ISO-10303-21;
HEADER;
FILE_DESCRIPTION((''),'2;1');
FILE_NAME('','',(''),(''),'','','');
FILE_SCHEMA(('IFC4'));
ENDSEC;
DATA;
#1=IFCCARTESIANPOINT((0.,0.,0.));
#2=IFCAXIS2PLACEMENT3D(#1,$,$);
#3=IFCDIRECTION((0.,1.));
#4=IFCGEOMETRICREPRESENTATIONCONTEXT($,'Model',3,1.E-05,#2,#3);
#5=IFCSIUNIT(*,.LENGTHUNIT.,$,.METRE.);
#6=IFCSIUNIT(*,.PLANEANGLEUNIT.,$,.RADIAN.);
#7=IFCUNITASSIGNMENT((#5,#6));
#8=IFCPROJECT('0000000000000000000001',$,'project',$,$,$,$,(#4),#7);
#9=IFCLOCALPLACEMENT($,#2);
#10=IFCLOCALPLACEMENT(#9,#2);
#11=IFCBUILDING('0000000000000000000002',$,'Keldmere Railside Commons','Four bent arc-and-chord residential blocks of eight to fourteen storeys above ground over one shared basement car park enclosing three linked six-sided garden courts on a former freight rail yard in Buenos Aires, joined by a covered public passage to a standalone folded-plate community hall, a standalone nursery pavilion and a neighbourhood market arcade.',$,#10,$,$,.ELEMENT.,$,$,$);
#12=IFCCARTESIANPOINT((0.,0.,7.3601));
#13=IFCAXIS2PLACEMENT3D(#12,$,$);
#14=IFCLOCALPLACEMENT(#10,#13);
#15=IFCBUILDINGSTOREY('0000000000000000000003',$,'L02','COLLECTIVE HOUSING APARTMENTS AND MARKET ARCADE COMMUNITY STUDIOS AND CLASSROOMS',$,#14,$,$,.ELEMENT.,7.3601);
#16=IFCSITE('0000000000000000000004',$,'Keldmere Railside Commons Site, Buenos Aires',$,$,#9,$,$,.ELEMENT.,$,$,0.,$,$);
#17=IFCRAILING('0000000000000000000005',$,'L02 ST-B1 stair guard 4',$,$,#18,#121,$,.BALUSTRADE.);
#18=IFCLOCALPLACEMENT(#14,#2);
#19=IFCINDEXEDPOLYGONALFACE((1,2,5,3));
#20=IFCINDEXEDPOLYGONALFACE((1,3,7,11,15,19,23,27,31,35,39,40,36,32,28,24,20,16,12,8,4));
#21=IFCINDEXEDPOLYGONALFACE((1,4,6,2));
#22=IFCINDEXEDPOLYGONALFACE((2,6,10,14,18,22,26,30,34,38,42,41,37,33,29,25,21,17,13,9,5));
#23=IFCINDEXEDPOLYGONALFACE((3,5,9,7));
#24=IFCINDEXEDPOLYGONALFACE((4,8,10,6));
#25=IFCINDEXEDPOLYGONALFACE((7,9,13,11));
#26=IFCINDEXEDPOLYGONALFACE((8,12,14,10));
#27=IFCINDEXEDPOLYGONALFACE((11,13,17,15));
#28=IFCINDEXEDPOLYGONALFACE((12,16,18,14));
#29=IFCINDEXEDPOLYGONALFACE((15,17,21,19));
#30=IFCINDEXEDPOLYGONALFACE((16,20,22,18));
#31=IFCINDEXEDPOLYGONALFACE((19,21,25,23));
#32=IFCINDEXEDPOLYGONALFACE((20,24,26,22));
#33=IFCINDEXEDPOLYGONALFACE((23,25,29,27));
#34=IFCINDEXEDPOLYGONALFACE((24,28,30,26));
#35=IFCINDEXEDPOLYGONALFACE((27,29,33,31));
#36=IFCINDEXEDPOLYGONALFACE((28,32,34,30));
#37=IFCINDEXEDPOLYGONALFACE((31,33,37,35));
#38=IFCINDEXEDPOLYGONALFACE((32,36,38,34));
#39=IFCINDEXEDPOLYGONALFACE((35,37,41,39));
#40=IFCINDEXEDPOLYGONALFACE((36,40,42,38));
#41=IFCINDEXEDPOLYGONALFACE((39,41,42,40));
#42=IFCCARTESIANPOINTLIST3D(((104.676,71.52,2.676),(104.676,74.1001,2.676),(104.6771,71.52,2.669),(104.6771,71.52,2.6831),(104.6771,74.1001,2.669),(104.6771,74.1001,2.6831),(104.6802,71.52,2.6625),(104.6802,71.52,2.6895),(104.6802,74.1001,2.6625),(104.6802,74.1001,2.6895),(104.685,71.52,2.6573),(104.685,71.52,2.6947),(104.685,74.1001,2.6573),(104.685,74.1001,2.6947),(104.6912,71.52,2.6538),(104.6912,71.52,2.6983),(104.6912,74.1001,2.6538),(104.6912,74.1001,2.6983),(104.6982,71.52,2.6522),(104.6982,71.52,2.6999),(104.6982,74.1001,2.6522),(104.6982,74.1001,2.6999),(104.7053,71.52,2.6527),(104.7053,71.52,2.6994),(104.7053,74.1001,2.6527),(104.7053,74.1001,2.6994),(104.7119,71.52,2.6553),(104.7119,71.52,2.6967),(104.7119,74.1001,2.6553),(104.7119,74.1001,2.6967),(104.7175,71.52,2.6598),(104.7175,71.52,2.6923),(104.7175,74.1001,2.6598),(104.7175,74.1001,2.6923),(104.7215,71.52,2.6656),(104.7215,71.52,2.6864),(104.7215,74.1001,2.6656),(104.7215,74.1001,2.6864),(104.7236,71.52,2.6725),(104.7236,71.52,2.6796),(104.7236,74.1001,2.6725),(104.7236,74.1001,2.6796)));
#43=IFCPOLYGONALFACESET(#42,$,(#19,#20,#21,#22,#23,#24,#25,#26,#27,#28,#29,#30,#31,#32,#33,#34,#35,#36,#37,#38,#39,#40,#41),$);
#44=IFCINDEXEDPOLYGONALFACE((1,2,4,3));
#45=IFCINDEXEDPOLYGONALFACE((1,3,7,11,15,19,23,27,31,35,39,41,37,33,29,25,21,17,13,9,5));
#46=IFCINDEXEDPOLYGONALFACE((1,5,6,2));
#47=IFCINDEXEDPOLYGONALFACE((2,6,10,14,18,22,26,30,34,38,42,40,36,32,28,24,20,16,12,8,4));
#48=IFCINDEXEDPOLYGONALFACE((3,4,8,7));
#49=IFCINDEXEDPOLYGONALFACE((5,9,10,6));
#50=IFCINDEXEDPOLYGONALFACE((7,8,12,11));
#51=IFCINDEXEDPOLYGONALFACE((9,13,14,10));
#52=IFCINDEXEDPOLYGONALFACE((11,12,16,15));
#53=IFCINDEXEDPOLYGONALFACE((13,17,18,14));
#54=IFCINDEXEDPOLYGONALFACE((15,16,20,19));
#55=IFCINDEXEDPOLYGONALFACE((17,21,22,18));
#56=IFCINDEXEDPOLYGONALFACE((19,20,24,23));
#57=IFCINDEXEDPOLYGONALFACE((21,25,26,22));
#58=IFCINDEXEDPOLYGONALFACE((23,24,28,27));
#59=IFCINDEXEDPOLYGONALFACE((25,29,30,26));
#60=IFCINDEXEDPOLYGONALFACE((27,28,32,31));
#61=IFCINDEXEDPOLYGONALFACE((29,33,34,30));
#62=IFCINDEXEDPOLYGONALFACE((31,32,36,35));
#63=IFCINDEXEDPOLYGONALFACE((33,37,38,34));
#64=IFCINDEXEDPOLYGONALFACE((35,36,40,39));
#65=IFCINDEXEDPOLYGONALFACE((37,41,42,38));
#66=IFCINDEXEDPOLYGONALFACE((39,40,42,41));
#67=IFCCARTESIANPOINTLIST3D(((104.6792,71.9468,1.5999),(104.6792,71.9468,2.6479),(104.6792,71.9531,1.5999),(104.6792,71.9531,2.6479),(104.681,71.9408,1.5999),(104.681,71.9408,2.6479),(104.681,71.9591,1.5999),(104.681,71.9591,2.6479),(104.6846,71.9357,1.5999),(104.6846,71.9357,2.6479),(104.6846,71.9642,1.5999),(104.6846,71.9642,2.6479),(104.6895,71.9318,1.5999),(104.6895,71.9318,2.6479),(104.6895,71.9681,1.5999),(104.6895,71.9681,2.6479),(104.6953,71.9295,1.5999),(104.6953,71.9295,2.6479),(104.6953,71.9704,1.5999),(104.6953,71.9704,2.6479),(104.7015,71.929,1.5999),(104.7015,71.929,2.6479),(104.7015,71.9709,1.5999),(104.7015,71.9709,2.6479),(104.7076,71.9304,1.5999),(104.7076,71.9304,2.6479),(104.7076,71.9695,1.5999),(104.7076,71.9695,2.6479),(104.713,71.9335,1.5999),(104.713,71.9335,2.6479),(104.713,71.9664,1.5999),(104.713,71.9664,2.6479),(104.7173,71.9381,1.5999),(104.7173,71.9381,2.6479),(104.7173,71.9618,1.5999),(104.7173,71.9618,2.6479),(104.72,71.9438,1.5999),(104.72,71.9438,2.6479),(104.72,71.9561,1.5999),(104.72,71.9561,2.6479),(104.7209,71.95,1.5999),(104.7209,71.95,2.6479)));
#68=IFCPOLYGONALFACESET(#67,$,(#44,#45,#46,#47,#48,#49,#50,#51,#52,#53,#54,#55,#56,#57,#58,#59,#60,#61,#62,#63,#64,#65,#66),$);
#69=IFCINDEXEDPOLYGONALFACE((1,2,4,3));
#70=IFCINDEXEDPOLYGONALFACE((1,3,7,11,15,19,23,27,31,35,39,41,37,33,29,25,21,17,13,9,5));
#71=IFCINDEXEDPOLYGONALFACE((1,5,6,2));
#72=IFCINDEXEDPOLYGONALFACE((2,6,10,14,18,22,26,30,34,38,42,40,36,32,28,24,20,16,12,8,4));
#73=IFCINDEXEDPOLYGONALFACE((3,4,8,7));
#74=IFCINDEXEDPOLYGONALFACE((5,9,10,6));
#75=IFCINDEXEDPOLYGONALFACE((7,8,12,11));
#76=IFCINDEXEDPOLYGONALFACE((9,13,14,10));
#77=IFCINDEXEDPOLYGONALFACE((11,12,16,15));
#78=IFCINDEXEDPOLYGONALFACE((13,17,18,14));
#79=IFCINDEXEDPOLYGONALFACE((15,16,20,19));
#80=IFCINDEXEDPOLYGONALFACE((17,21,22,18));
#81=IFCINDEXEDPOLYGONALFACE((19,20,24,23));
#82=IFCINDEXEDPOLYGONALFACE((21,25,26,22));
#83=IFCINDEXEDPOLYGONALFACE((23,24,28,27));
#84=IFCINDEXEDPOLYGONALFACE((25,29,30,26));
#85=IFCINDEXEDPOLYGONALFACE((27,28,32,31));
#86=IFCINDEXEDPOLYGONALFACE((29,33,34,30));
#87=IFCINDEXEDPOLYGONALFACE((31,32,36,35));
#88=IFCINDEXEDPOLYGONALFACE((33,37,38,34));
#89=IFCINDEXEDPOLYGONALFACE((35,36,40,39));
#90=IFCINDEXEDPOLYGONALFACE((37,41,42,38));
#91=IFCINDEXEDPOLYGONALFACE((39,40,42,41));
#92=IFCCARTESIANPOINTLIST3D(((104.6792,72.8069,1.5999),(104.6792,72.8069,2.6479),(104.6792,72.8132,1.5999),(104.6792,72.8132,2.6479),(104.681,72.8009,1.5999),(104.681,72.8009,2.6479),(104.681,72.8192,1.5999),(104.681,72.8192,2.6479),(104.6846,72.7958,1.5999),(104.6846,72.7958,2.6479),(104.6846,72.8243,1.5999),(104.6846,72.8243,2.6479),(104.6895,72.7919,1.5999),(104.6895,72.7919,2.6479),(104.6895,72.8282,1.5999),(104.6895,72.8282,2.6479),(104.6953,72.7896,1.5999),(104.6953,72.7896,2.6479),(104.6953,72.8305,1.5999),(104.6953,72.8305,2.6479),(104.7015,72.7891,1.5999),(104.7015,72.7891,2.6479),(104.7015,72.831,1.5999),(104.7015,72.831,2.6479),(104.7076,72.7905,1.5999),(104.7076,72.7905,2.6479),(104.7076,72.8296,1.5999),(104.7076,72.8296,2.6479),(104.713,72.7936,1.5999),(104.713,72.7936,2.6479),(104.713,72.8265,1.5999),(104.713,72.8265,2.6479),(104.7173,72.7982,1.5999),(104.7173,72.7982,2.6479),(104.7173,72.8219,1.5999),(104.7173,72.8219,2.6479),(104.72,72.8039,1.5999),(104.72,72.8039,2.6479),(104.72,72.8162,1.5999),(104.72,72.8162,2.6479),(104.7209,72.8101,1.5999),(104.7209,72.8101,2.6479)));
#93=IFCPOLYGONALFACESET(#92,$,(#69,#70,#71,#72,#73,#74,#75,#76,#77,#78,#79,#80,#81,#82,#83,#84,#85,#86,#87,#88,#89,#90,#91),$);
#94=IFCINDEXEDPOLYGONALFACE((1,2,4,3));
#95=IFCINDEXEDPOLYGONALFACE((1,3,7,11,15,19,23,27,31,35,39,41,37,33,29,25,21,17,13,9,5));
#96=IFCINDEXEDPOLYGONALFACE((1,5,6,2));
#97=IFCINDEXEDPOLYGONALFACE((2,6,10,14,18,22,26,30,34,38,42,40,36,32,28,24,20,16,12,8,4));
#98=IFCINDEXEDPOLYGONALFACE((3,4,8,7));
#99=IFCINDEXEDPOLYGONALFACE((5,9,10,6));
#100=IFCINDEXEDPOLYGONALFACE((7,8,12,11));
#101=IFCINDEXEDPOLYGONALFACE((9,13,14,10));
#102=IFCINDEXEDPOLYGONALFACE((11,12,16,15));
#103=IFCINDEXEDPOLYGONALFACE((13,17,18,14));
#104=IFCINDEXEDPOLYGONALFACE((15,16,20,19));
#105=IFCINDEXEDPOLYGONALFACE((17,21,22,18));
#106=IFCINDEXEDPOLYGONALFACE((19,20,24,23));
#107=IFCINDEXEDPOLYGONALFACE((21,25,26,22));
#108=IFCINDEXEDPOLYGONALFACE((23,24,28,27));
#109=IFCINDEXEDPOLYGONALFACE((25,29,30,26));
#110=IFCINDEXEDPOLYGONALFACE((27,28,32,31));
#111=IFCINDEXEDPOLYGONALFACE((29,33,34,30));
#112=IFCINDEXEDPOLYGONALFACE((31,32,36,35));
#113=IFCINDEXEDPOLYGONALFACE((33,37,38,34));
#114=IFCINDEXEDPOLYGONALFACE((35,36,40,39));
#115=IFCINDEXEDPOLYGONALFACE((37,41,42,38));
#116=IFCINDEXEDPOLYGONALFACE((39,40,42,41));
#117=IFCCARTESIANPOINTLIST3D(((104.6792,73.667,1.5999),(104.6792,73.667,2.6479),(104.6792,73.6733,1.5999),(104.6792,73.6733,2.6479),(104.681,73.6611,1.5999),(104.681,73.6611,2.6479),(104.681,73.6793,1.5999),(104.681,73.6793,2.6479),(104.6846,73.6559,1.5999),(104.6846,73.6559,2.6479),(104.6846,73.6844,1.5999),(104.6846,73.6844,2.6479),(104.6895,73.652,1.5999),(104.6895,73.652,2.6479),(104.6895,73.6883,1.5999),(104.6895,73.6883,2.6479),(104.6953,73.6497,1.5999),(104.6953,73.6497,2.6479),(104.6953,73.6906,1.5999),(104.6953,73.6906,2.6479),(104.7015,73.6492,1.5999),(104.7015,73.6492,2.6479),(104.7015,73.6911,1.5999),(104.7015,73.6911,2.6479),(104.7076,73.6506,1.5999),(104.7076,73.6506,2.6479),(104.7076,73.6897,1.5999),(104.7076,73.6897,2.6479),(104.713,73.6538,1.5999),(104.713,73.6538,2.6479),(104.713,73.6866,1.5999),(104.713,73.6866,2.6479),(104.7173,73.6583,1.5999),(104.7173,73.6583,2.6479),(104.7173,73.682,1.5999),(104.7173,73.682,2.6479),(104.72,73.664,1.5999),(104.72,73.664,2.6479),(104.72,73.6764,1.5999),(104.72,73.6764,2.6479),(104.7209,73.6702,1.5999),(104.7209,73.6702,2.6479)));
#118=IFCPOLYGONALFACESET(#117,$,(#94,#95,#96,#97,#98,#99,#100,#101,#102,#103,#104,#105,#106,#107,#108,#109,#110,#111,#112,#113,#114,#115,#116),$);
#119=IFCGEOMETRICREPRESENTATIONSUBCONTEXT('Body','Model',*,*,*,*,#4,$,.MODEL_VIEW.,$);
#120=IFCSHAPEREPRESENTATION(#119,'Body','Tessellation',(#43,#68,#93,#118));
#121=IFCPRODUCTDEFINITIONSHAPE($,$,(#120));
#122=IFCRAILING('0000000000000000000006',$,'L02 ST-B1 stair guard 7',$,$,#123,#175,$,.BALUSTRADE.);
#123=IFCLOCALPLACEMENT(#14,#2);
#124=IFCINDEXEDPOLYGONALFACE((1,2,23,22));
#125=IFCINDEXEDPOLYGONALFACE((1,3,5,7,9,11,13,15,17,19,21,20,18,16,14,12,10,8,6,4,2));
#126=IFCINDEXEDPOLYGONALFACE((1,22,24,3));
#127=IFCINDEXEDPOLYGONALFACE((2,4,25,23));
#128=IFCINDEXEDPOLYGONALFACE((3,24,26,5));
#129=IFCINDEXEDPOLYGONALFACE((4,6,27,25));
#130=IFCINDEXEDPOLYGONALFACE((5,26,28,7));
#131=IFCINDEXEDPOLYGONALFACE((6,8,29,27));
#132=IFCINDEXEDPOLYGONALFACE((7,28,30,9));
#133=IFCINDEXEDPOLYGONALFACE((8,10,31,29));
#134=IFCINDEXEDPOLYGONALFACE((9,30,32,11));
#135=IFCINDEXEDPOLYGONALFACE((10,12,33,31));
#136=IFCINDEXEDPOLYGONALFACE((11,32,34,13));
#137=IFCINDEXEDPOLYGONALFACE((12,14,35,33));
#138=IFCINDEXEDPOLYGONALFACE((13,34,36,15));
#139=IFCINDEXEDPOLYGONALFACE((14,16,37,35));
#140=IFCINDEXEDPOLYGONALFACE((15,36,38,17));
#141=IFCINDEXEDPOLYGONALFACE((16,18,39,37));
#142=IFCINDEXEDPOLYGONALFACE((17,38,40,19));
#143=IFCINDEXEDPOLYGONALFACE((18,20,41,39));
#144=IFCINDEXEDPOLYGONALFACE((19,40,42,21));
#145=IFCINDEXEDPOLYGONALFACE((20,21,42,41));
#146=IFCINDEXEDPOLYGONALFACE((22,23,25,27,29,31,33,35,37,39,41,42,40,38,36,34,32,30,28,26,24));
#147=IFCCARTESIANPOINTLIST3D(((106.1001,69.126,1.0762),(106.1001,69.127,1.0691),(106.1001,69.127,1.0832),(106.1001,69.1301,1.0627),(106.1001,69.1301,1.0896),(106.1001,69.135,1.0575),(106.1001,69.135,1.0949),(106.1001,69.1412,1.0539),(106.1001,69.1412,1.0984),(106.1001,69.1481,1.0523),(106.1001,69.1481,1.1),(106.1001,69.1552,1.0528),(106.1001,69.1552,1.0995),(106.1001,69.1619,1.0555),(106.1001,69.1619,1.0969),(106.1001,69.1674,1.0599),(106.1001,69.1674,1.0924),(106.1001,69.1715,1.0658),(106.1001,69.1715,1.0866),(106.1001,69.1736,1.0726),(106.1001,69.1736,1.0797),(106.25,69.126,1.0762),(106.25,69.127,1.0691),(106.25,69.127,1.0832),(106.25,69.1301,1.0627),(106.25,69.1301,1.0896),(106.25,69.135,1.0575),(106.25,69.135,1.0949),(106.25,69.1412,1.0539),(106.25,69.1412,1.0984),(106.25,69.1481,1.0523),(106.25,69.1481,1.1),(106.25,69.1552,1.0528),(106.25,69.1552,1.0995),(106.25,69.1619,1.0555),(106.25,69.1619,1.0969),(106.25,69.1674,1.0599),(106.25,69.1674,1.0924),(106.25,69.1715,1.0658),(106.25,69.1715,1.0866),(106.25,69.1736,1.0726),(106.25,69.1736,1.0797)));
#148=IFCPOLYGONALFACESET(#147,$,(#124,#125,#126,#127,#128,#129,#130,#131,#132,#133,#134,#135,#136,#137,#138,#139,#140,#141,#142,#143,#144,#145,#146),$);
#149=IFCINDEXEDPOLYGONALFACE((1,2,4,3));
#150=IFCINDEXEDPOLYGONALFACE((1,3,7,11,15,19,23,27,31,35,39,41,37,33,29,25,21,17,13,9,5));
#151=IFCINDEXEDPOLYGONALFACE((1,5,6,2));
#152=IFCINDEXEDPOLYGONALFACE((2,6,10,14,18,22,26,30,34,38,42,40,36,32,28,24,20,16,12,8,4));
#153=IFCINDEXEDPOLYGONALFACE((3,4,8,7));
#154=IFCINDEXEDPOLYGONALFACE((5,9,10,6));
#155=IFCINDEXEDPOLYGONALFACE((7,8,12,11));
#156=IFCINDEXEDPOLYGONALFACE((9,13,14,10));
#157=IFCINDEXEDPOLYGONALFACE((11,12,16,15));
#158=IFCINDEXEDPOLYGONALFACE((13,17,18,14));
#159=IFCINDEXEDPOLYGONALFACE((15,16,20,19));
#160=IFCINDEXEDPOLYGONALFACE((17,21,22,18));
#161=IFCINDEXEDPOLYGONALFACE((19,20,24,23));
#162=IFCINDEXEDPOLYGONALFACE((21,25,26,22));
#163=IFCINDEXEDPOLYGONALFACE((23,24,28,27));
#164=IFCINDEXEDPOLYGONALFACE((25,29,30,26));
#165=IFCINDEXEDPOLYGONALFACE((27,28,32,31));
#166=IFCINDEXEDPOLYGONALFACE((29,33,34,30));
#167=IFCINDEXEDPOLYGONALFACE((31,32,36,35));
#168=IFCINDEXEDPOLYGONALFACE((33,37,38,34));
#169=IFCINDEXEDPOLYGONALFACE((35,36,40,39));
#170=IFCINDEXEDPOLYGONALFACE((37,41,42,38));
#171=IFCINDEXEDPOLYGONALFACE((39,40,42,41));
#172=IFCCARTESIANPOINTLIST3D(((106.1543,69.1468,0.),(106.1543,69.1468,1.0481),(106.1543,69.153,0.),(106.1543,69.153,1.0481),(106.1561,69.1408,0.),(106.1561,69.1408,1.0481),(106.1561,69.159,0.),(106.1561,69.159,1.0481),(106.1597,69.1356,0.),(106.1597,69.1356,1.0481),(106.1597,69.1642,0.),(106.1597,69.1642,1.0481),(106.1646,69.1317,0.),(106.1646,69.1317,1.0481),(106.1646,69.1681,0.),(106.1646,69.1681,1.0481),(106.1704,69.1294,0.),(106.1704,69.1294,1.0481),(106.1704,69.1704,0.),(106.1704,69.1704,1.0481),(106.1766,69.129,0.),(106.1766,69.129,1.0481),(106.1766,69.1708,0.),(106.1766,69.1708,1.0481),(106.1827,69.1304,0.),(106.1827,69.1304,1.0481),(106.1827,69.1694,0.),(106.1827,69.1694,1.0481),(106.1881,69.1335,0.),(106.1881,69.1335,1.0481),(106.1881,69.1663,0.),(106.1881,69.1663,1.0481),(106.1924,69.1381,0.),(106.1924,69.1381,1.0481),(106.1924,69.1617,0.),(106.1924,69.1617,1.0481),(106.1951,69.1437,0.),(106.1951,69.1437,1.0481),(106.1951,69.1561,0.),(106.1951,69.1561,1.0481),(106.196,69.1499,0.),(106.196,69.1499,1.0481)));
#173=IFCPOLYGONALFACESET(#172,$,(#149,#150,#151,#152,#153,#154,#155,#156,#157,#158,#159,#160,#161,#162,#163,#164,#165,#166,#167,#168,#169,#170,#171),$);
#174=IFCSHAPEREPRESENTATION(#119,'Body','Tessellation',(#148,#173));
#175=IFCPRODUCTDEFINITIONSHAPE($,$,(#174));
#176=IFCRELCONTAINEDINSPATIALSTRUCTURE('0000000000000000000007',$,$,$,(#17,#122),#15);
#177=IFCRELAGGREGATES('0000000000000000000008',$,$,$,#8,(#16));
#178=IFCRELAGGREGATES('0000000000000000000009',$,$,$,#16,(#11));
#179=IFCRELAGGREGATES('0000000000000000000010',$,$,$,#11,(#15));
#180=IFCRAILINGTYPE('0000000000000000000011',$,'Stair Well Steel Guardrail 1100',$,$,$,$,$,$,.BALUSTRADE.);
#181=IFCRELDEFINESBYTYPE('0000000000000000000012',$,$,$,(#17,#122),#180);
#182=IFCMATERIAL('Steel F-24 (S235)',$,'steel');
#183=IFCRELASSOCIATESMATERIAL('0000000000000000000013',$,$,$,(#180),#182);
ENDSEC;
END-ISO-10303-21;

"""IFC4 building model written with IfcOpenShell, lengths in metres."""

from ifc_helpers import new_model, si_unit, direction, frame, origin, origin_2d, place, context, subcontext, project, spatial, circle, extrude, material, type_object, element, save


model = new_model("IFC4")

# Units and contexts
model_context = context("Model", 3, precision=1e-05, world=origin(), true_north=direction((0.0, 1.0)))
body_context = subcontext(model_context, "Body", "Model", "MODEL_VIEW")
ifc_project = project(units=[si_unit("LENGTHUNIT", "METRE"), si_unit("PLANEANGLEUNIT", "RADIAN")], contexts=[model_context])

# Site, building, storey
site_placement = place(None, origin())
site = spatial("IfcSite", under=ifc_project, at=site_placement, Name="Keldmere Railside Commons Site, Buenos Aires", CompositionType="ELEMENT", RefElevation=0.0)
building_placement = place(site_placement, origin())
building = spatial("IfcBuilding", under=site, at=building_placement, Name="Keldmere Railside Commons", Description="Four bent arc-and-chord residential blocks of eight to fourteen storeys above ground over one shared basement car park enclosing three linked six-sided garden courts on a former freight rail yard in Buenos Aires, joined by a covered public passage to a standalone folded-plate community hall, a standalone nursery pavilion and a neighbourhood market arcade.", CompositionType="ELEMENT")
storey_placement = place(building_placement, frame((0.0, 0.0, 7.3601)))
storey = spatial("IfcBuildingStorey", under=building, at=storey_placement, Name="L02", Description="COLLECTIVE HOUSING APARTMENTS AND MARKET ARCADE COMMUNITY STUDIOS AND CLASSROOMS", CompositionType="ELEMENT", Elevation=7.3601)

# Railings
ifc_material_1 = material(Name="Steel F-24 (S235)", Category="steel")
railing_type_1 = type_object("IfcRailingType", Name="Stair Well Steel Guardrail 1100", PredefinedType="BALUSTRADE", material=ifc_material_1)
railing_1_placement = place(storey_placement, frame((104.7, 71.52, 1.5999)))
element("IfcRailing", 1, at=railing_1_placement, inside=storey, type_object=railing_type_1, Name="L02 ST-B1 stair guard 4", PredefinedType="BALUSTRADE", context=body_context, shape_type="SweptSolid", body=[
    extrude(circle(Radius=0.0239, at=origin_2d()), frame((0.0, 0.0, 1.0762), z_axis=(0.0, 1.0, 0.0), x_axis=(-1.0, 0.0, 0.0)), (0.0, 0.0, 1.0), 2.5801),
    extrude(circle(Radius=0.021, at=origin_2d()), frame((0.0, 0.4299, 0.0)), (0.0, 0.0, 1.0), 1.0481),
    extrude(circle(Radius=0.021, at=origin_2d()), frame((0.0, 1.29, 0.0)), (0.0, 0.0, 1.0), 1.0481),
    extrude(circle(Radius=0.021, at=origin_2d()), frame((0.0, 2.1501, 0.0)), (0.0, 0.0, 1.0), 1.0481),
])
railing_2_placement = place(storey_placement, frame((106.25, 69.1499, 0.0)))
element("IfcRailing", 2, at=railing_2_placement, inside=storey, type_object=railing_type_1, Name="L02 ST-B1 stair guard 7", PredefinedType="BALUSTRADE", context=body_context, shape_type="SweptSolid", body=[
    extrude(circle(Radius=0.0239, at=origin_2d()), frame((0.0, 0.0, 1.0762), z_axis=(-1.0, 0.0, 0.0), x_axis=(0.0, -1.0, 0.0)), (0.0, 0.0, 1.0), 0.1499),
    extrude(circle(Radius=0.021, at=origin_2d()), frame((-0.075, 0.0, 0.0)), (0.0, 0.0, 1.0), 1.0481),
])

save(model, "model.ifc")
